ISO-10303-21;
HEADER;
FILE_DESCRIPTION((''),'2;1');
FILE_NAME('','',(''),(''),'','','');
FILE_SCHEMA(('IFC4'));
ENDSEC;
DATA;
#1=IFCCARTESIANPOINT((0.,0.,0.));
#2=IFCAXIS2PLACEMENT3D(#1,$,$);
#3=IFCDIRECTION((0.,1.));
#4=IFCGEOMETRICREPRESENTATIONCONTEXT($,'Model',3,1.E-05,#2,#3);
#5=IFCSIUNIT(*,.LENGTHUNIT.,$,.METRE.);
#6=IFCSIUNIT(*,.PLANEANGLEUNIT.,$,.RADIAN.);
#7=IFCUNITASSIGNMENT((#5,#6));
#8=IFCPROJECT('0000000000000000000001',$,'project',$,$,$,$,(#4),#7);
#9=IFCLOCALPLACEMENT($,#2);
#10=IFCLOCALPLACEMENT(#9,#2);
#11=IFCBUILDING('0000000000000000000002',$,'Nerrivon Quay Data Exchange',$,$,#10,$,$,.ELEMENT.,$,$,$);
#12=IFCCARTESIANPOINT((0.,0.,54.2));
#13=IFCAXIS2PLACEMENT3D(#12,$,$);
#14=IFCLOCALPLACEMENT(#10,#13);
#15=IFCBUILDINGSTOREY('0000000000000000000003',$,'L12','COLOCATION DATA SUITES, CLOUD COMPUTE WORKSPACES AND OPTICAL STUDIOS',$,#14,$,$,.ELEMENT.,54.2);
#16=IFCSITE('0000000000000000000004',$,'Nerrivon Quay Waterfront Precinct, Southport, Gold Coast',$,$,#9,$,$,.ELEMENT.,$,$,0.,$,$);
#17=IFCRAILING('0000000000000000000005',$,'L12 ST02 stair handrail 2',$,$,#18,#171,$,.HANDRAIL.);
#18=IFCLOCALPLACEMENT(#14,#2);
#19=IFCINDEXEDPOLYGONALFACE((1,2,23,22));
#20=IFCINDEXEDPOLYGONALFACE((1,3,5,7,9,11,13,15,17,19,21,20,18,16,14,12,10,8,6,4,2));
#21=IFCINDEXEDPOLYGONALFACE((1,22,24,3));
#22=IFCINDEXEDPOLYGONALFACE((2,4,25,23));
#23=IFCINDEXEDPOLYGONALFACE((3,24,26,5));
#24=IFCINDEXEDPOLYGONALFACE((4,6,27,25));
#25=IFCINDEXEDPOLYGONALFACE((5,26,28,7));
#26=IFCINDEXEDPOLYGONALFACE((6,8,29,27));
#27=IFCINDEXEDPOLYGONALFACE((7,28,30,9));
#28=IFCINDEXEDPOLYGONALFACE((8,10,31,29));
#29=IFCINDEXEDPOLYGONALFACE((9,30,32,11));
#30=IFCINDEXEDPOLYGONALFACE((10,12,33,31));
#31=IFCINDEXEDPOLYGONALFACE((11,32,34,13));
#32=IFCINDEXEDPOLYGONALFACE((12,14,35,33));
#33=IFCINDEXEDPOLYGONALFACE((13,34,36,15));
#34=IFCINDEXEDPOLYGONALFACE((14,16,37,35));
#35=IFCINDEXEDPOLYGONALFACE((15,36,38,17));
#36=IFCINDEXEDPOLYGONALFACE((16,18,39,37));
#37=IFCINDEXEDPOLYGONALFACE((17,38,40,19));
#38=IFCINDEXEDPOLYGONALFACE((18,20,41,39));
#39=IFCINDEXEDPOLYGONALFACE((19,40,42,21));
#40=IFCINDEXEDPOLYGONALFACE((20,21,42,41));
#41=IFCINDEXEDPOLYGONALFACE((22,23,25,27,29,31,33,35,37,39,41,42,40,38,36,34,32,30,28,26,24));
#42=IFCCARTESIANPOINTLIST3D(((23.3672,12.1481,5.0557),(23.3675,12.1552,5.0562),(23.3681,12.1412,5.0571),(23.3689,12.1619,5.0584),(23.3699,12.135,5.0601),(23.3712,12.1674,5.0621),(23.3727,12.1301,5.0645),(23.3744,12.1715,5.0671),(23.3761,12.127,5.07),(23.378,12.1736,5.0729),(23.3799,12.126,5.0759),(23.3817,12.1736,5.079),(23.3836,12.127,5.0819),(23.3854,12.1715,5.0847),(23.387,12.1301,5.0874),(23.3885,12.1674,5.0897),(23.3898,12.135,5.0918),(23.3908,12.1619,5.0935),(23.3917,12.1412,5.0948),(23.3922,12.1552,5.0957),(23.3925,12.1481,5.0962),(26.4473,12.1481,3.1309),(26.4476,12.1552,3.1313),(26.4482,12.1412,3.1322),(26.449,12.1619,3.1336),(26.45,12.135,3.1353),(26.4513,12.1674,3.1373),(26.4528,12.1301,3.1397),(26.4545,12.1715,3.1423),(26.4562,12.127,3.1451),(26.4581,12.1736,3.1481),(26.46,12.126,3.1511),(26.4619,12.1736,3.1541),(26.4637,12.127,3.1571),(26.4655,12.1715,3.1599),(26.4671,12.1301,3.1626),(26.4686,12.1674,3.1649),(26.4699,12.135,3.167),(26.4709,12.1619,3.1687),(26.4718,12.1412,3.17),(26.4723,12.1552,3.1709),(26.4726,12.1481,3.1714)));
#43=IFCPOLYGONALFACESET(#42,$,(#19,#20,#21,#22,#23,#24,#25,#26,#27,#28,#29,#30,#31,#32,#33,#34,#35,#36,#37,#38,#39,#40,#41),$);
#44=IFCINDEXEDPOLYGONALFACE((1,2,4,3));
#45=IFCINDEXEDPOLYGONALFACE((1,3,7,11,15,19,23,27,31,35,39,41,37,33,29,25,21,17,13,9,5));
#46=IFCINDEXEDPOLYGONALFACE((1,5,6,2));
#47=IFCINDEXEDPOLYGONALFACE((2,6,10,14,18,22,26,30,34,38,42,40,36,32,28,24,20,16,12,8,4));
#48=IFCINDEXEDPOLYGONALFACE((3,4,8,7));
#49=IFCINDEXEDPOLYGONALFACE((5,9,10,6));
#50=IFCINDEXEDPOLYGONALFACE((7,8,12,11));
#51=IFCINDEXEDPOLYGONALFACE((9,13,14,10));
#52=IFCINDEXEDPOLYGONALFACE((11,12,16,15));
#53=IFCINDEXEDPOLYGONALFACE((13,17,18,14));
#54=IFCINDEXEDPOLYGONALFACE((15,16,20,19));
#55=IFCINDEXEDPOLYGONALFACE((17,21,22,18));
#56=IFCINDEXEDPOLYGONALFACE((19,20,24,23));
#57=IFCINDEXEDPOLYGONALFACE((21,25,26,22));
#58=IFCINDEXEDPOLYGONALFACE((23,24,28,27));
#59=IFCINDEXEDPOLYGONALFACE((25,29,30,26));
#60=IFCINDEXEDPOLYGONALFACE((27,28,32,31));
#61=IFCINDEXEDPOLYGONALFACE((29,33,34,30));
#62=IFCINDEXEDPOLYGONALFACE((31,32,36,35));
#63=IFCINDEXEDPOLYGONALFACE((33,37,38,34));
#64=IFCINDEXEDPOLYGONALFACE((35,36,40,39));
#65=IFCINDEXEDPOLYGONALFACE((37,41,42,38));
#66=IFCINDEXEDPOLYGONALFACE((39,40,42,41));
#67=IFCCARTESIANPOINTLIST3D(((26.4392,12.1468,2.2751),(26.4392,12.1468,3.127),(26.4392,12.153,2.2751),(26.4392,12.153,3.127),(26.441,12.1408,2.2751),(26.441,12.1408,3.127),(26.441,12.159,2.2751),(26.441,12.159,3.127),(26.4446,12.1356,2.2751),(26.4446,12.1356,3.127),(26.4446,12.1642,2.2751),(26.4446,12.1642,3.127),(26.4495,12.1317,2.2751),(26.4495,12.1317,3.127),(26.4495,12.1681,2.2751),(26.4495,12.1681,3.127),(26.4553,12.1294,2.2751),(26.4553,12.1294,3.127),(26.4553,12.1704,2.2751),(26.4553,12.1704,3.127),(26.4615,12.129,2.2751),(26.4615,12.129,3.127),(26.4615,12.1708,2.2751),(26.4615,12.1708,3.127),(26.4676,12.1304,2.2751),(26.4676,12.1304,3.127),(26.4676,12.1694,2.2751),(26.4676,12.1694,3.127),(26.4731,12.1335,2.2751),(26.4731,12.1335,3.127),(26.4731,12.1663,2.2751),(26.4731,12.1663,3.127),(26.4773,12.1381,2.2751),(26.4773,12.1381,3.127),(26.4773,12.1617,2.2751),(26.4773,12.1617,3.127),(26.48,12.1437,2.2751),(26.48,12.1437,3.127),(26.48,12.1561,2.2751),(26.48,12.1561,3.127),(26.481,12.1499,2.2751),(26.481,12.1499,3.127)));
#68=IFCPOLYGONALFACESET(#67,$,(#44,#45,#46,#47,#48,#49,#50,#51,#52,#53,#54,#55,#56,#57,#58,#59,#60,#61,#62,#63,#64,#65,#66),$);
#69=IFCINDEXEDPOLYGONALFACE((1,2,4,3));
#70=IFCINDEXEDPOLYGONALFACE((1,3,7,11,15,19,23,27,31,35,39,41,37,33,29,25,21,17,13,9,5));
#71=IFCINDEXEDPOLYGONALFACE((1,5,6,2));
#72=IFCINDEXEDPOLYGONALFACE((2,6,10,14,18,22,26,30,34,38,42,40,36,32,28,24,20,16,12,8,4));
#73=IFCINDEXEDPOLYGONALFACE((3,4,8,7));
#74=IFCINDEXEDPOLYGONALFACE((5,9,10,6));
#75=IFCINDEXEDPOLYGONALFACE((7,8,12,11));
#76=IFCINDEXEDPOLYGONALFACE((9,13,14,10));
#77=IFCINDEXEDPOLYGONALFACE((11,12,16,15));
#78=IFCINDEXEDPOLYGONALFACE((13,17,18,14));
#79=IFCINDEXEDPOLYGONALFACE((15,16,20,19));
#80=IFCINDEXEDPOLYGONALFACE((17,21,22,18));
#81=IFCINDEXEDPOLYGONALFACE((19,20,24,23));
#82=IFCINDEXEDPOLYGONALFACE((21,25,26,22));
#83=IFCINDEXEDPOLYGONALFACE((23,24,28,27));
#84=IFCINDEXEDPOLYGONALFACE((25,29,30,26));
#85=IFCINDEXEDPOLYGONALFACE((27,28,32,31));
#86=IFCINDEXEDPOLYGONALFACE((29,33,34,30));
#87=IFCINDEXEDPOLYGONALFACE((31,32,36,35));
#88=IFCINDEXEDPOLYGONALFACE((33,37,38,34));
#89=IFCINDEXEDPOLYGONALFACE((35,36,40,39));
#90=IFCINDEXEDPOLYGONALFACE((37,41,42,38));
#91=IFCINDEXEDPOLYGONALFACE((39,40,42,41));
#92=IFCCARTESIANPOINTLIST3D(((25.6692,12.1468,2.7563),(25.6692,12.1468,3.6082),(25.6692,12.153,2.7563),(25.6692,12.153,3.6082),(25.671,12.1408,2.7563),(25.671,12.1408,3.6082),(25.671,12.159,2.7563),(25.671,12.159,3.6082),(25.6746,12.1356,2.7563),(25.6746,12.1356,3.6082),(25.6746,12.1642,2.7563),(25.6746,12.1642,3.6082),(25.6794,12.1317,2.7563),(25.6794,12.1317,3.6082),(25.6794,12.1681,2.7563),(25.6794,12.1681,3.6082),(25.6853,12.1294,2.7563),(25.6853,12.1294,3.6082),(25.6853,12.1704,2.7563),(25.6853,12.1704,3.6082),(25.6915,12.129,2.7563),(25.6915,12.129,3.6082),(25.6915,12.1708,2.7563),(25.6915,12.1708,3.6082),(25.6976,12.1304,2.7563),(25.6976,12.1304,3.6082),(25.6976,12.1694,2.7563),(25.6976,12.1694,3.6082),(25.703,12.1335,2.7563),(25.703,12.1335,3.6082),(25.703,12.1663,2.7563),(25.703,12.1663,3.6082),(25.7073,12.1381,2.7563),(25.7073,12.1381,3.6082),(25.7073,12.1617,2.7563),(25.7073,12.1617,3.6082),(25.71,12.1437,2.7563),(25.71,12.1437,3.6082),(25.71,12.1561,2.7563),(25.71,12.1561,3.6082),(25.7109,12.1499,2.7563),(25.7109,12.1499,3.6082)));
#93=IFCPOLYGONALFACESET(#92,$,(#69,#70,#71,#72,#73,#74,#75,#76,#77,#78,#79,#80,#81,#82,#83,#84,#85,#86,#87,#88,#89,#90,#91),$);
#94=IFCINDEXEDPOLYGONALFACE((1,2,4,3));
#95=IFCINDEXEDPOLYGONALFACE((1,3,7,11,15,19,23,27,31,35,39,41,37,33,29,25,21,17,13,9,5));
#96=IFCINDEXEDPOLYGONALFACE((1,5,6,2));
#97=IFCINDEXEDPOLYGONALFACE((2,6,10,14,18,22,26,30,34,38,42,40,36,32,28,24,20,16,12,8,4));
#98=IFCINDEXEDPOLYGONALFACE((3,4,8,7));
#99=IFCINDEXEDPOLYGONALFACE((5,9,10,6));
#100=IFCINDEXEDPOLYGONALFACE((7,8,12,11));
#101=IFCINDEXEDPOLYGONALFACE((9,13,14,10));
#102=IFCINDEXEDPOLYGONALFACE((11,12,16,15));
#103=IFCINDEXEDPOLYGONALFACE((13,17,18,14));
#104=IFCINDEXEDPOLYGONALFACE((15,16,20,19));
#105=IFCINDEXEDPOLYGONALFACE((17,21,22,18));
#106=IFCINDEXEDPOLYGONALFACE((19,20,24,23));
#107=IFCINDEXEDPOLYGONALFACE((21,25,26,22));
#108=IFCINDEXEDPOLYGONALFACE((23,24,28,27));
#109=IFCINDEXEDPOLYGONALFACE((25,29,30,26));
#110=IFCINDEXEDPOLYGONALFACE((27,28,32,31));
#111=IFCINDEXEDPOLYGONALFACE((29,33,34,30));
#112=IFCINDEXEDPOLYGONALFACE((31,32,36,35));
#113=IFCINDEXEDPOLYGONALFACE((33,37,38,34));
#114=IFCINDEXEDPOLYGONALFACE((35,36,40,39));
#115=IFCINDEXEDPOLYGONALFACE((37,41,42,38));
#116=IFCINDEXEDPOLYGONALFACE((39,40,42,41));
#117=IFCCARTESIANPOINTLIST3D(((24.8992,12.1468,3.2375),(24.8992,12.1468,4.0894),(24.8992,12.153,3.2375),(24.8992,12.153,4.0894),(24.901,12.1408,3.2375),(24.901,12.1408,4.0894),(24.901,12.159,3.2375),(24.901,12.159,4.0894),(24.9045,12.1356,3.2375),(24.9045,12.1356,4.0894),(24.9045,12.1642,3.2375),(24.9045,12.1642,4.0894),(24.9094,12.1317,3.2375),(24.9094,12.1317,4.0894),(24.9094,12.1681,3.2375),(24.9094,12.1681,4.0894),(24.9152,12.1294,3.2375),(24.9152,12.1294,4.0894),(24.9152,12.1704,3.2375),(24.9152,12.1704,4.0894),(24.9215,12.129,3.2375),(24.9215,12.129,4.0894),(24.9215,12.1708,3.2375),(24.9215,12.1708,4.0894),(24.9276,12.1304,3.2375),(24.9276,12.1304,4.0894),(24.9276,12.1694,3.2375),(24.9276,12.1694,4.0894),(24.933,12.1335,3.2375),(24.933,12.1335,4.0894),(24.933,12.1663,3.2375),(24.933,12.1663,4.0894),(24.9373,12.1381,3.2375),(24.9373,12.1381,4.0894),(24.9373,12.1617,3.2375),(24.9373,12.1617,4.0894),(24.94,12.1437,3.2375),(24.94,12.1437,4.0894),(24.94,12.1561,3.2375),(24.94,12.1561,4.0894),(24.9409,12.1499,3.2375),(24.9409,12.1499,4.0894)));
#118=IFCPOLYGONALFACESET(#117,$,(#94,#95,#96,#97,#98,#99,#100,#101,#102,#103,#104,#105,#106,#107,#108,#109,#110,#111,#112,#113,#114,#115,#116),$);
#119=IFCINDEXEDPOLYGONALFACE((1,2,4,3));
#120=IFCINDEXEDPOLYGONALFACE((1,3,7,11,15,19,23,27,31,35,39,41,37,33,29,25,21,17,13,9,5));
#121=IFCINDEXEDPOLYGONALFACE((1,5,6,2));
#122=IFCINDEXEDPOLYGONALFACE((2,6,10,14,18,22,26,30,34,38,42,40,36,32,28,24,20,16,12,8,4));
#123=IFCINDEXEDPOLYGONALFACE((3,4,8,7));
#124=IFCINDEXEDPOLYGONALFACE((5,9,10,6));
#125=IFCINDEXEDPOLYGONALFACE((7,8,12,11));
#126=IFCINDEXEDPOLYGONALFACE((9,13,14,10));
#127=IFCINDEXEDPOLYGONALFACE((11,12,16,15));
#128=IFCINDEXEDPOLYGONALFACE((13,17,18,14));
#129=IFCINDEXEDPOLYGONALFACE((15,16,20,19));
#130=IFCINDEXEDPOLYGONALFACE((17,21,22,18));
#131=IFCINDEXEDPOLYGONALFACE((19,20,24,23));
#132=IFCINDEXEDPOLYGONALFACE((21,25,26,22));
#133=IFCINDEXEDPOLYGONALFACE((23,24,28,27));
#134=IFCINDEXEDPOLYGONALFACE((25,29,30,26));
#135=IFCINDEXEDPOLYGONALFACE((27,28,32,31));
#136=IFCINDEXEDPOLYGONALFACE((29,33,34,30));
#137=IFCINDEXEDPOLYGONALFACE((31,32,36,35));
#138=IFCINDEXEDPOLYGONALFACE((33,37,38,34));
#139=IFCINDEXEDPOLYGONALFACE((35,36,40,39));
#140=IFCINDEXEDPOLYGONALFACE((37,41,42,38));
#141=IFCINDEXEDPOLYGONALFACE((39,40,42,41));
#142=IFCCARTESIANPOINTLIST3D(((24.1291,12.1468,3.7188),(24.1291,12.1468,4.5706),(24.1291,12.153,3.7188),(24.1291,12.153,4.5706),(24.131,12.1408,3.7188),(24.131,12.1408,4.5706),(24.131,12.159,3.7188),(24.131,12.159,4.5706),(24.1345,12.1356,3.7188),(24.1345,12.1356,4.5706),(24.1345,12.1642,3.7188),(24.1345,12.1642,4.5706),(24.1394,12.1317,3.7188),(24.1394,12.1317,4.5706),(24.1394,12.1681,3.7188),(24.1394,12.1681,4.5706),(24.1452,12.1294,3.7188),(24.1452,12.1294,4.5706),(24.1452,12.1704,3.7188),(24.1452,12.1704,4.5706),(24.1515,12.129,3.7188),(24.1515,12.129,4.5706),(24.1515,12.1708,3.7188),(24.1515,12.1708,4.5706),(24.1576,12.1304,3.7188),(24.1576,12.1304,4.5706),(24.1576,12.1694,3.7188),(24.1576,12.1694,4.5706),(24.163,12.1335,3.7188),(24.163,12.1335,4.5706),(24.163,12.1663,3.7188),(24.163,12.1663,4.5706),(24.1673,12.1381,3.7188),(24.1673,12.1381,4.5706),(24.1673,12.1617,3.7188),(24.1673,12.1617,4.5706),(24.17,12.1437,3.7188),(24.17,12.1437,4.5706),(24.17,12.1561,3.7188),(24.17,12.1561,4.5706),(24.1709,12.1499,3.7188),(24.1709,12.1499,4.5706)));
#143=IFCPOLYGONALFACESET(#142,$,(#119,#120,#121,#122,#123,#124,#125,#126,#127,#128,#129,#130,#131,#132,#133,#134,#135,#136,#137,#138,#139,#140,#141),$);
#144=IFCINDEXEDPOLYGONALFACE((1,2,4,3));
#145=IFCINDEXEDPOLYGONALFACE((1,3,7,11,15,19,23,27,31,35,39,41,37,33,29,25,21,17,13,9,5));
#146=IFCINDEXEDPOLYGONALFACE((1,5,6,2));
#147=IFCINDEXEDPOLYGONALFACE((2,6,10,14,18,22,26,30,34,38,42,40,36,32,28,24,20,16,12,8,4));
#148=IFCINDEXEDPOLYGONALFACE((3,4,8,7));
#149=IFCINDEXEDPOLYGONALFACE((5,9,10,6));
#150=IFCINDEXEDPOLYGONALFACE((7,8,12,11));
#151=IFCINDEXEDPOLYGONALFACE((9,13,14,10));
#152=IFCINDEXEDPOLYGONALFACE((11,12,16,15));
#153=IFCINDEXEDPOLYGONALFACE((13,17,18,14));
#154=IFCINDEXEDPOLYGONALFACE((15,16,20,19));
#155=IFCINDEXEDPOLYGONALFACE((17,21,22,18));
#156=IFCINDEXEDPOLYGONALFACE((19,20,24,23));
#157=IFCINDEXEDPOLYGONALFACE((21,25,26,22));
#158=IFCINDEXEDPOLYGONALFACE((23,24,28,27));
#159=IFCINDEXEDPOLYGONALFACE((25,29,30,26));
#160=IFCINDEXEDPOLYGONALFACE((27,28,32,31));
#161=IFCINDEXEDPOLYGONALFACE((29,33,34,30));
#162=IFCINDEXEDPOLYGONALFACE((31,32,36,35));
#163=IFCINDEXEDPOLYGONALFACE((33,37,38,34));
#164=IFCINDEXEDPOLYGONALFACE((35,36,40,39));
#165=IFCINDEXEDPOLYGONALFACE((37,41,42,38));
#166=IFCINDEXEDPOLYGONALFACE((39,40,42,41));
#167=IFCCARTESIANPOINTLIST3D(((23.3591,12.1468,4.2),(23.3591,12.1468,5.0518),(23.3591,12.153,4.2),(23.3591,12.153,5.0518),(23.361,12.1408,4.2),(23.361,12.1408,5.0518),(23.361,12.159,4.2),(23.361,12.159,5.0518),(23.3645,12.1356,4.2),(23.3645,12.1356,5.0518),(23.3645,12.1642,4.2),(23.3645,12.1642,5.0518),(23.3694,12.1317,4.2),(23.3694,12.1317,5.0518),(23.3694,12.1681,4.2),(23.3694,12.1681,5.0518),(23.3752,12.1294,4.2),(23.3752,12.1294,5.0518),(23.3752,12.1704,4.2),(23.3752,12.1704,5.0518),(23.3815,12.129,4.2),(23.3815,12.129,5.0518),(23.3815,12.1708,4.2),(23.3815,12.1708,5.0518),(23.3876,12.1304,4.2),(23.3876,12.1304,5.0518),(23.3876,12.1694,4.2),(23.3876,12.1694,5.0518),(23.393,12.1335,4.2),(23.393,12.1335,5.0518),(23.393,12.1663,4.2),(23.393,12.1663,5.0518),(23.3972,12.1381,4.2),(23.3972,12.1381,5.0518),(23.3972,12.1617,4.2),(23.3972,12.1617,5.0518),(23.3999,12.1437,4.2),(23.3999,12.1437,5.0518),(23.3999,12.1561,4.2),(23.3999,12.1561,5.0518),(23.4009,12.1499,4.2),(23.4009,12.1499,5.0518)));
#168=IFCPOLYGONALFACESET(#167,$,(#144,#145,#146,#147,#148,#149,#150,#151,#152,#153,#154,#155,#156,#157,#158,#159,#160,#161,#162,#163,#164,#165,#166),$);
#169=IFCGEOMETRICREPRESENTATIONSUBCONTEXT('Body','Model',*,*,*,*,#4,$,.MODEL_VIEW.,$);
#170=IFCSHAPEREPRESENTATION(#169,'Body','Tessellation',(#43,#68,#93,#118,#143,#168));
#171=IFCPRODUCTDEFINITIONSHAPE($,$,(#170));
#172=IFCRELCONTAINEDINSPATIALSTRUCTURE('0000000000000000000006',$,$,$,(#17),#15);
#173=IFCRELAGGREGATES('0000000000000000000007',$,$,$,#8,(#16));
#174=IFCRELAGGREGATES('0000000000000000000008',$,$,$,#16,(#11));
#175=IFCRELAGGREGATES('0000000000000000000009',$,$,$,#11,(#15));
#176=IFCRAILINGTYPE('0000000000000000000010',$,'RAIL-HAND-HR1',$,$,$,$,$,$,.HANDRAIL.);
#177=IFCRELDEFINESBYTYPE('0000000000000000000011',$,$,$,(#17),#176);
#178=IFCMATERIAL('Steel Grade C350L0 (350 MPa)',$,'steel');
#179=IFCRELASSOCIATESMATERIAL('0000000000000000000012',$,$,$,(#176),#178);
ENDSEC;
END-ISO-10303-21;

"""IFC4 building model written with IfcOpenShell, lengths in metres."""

from ifc_helpers import new_model, si_unit, direction, frame, origin, origin_2d, place, context, subcontext, project, spatial, circle, extrude, material, type_object, element, save


model = new_model("IFC4")

# Units and contexts
model_context = context("Model", 3, precision=1e-05, world=origin(), true_north=direction((0.0, 1.0)))
body_context = subcontext(model_context, "Body", "Model", "MODEL_VIEW")
ifc_project = project(units=[si_unit("LENGTHUNIT", "METRE"), si_unit("PLANEANGLEUNIT", "RADIAN")], contexts=[model_context])

# Site, building, storey
site_placement = place(None, origin())
site = spatial("IfcSite", under=ifc_project, at=site_placement, Name="Nerrivon Quay Waterfront Precinct, Southport, Gold Coast", CompositionType="ELEMENT", RefElevation=0.0)
building_placement = place(site_placement, origin())
building = spatial("IfcBuilding", under=site, at=building_placement, Name="Nerrivon Quay Data Exchange", CompositionType="ELEMENT")
storey_placement = place(building_placement, frame((0.0, 0.0, 54.2)))
storey = spatial("IfcBuildingStorey", under=building, at=storey_placement, Name="L12", Description="COLOCATION DATA SUITES, CLOUD COMPUTE WORKSPACES AND OPTICAL STUDIOS", CompositionType="ELEMENT", Elevation=54.2)

# Railing
ifc_material_1 = material(Name="Steel Grade C350L0 (350 MPa)", Category="steel")
railing_type_1 = type_object("IfcRailingType", Name="RAIL-HAND-HR1", PredefinedType="HANDRAIL", material=ifc_material_1)
railing_1_placement = place(storey_placement, frame((26.46, 12.1499, 2.2751)))
element("IfcRailing", 1, at=railing_1_placement, inside=storey, type_object=railing_type_1, Name="L12 ST02 stair handrail 2", PredefinedType="HANDRAIL", context=body_context, shape_type="SweptSolid", body=[
    extrude(circle(Radius=0.0239, at=origin_2d()), frame((0.0, 0.0, 0.876), z_axis=(-0.848029, 0.0, 0.529951), x_axis=(0.0, -1.0, 0.0)), (0.0, 0.0, 1.0), 3.6321),
    extrude(circle(Radius=0.021, at=origin_2d()), origin(), (0.0, 0.0, 1.0), 0.8518),
    extrude(circle(Radius=0.021, at=origin_2d()), frame((-0.77, 0.0, 0.4812)), (0.0, 0.0, 1.0), 0.8518),
    extrude(circle(Radius=0.021, at=origin_2d()), frame((-1.54, 0.0, 0.9624)), (0.0, 0.0, 1.0), 0.8518),
    extrude(circle(Radius=0.021, at=origin_2d()), frame((-2.3101, 0.0, 1.4436)), (0.0, 0.0, 1.0), 0.8518),
    extrude(circle(Radius=0.021, at=origin_2d()), frame((-3.0801, 0.0, 1.9248)), (0.0, 0.0, 1.0), 0.8518),
])

save(model, "model.ifc")
